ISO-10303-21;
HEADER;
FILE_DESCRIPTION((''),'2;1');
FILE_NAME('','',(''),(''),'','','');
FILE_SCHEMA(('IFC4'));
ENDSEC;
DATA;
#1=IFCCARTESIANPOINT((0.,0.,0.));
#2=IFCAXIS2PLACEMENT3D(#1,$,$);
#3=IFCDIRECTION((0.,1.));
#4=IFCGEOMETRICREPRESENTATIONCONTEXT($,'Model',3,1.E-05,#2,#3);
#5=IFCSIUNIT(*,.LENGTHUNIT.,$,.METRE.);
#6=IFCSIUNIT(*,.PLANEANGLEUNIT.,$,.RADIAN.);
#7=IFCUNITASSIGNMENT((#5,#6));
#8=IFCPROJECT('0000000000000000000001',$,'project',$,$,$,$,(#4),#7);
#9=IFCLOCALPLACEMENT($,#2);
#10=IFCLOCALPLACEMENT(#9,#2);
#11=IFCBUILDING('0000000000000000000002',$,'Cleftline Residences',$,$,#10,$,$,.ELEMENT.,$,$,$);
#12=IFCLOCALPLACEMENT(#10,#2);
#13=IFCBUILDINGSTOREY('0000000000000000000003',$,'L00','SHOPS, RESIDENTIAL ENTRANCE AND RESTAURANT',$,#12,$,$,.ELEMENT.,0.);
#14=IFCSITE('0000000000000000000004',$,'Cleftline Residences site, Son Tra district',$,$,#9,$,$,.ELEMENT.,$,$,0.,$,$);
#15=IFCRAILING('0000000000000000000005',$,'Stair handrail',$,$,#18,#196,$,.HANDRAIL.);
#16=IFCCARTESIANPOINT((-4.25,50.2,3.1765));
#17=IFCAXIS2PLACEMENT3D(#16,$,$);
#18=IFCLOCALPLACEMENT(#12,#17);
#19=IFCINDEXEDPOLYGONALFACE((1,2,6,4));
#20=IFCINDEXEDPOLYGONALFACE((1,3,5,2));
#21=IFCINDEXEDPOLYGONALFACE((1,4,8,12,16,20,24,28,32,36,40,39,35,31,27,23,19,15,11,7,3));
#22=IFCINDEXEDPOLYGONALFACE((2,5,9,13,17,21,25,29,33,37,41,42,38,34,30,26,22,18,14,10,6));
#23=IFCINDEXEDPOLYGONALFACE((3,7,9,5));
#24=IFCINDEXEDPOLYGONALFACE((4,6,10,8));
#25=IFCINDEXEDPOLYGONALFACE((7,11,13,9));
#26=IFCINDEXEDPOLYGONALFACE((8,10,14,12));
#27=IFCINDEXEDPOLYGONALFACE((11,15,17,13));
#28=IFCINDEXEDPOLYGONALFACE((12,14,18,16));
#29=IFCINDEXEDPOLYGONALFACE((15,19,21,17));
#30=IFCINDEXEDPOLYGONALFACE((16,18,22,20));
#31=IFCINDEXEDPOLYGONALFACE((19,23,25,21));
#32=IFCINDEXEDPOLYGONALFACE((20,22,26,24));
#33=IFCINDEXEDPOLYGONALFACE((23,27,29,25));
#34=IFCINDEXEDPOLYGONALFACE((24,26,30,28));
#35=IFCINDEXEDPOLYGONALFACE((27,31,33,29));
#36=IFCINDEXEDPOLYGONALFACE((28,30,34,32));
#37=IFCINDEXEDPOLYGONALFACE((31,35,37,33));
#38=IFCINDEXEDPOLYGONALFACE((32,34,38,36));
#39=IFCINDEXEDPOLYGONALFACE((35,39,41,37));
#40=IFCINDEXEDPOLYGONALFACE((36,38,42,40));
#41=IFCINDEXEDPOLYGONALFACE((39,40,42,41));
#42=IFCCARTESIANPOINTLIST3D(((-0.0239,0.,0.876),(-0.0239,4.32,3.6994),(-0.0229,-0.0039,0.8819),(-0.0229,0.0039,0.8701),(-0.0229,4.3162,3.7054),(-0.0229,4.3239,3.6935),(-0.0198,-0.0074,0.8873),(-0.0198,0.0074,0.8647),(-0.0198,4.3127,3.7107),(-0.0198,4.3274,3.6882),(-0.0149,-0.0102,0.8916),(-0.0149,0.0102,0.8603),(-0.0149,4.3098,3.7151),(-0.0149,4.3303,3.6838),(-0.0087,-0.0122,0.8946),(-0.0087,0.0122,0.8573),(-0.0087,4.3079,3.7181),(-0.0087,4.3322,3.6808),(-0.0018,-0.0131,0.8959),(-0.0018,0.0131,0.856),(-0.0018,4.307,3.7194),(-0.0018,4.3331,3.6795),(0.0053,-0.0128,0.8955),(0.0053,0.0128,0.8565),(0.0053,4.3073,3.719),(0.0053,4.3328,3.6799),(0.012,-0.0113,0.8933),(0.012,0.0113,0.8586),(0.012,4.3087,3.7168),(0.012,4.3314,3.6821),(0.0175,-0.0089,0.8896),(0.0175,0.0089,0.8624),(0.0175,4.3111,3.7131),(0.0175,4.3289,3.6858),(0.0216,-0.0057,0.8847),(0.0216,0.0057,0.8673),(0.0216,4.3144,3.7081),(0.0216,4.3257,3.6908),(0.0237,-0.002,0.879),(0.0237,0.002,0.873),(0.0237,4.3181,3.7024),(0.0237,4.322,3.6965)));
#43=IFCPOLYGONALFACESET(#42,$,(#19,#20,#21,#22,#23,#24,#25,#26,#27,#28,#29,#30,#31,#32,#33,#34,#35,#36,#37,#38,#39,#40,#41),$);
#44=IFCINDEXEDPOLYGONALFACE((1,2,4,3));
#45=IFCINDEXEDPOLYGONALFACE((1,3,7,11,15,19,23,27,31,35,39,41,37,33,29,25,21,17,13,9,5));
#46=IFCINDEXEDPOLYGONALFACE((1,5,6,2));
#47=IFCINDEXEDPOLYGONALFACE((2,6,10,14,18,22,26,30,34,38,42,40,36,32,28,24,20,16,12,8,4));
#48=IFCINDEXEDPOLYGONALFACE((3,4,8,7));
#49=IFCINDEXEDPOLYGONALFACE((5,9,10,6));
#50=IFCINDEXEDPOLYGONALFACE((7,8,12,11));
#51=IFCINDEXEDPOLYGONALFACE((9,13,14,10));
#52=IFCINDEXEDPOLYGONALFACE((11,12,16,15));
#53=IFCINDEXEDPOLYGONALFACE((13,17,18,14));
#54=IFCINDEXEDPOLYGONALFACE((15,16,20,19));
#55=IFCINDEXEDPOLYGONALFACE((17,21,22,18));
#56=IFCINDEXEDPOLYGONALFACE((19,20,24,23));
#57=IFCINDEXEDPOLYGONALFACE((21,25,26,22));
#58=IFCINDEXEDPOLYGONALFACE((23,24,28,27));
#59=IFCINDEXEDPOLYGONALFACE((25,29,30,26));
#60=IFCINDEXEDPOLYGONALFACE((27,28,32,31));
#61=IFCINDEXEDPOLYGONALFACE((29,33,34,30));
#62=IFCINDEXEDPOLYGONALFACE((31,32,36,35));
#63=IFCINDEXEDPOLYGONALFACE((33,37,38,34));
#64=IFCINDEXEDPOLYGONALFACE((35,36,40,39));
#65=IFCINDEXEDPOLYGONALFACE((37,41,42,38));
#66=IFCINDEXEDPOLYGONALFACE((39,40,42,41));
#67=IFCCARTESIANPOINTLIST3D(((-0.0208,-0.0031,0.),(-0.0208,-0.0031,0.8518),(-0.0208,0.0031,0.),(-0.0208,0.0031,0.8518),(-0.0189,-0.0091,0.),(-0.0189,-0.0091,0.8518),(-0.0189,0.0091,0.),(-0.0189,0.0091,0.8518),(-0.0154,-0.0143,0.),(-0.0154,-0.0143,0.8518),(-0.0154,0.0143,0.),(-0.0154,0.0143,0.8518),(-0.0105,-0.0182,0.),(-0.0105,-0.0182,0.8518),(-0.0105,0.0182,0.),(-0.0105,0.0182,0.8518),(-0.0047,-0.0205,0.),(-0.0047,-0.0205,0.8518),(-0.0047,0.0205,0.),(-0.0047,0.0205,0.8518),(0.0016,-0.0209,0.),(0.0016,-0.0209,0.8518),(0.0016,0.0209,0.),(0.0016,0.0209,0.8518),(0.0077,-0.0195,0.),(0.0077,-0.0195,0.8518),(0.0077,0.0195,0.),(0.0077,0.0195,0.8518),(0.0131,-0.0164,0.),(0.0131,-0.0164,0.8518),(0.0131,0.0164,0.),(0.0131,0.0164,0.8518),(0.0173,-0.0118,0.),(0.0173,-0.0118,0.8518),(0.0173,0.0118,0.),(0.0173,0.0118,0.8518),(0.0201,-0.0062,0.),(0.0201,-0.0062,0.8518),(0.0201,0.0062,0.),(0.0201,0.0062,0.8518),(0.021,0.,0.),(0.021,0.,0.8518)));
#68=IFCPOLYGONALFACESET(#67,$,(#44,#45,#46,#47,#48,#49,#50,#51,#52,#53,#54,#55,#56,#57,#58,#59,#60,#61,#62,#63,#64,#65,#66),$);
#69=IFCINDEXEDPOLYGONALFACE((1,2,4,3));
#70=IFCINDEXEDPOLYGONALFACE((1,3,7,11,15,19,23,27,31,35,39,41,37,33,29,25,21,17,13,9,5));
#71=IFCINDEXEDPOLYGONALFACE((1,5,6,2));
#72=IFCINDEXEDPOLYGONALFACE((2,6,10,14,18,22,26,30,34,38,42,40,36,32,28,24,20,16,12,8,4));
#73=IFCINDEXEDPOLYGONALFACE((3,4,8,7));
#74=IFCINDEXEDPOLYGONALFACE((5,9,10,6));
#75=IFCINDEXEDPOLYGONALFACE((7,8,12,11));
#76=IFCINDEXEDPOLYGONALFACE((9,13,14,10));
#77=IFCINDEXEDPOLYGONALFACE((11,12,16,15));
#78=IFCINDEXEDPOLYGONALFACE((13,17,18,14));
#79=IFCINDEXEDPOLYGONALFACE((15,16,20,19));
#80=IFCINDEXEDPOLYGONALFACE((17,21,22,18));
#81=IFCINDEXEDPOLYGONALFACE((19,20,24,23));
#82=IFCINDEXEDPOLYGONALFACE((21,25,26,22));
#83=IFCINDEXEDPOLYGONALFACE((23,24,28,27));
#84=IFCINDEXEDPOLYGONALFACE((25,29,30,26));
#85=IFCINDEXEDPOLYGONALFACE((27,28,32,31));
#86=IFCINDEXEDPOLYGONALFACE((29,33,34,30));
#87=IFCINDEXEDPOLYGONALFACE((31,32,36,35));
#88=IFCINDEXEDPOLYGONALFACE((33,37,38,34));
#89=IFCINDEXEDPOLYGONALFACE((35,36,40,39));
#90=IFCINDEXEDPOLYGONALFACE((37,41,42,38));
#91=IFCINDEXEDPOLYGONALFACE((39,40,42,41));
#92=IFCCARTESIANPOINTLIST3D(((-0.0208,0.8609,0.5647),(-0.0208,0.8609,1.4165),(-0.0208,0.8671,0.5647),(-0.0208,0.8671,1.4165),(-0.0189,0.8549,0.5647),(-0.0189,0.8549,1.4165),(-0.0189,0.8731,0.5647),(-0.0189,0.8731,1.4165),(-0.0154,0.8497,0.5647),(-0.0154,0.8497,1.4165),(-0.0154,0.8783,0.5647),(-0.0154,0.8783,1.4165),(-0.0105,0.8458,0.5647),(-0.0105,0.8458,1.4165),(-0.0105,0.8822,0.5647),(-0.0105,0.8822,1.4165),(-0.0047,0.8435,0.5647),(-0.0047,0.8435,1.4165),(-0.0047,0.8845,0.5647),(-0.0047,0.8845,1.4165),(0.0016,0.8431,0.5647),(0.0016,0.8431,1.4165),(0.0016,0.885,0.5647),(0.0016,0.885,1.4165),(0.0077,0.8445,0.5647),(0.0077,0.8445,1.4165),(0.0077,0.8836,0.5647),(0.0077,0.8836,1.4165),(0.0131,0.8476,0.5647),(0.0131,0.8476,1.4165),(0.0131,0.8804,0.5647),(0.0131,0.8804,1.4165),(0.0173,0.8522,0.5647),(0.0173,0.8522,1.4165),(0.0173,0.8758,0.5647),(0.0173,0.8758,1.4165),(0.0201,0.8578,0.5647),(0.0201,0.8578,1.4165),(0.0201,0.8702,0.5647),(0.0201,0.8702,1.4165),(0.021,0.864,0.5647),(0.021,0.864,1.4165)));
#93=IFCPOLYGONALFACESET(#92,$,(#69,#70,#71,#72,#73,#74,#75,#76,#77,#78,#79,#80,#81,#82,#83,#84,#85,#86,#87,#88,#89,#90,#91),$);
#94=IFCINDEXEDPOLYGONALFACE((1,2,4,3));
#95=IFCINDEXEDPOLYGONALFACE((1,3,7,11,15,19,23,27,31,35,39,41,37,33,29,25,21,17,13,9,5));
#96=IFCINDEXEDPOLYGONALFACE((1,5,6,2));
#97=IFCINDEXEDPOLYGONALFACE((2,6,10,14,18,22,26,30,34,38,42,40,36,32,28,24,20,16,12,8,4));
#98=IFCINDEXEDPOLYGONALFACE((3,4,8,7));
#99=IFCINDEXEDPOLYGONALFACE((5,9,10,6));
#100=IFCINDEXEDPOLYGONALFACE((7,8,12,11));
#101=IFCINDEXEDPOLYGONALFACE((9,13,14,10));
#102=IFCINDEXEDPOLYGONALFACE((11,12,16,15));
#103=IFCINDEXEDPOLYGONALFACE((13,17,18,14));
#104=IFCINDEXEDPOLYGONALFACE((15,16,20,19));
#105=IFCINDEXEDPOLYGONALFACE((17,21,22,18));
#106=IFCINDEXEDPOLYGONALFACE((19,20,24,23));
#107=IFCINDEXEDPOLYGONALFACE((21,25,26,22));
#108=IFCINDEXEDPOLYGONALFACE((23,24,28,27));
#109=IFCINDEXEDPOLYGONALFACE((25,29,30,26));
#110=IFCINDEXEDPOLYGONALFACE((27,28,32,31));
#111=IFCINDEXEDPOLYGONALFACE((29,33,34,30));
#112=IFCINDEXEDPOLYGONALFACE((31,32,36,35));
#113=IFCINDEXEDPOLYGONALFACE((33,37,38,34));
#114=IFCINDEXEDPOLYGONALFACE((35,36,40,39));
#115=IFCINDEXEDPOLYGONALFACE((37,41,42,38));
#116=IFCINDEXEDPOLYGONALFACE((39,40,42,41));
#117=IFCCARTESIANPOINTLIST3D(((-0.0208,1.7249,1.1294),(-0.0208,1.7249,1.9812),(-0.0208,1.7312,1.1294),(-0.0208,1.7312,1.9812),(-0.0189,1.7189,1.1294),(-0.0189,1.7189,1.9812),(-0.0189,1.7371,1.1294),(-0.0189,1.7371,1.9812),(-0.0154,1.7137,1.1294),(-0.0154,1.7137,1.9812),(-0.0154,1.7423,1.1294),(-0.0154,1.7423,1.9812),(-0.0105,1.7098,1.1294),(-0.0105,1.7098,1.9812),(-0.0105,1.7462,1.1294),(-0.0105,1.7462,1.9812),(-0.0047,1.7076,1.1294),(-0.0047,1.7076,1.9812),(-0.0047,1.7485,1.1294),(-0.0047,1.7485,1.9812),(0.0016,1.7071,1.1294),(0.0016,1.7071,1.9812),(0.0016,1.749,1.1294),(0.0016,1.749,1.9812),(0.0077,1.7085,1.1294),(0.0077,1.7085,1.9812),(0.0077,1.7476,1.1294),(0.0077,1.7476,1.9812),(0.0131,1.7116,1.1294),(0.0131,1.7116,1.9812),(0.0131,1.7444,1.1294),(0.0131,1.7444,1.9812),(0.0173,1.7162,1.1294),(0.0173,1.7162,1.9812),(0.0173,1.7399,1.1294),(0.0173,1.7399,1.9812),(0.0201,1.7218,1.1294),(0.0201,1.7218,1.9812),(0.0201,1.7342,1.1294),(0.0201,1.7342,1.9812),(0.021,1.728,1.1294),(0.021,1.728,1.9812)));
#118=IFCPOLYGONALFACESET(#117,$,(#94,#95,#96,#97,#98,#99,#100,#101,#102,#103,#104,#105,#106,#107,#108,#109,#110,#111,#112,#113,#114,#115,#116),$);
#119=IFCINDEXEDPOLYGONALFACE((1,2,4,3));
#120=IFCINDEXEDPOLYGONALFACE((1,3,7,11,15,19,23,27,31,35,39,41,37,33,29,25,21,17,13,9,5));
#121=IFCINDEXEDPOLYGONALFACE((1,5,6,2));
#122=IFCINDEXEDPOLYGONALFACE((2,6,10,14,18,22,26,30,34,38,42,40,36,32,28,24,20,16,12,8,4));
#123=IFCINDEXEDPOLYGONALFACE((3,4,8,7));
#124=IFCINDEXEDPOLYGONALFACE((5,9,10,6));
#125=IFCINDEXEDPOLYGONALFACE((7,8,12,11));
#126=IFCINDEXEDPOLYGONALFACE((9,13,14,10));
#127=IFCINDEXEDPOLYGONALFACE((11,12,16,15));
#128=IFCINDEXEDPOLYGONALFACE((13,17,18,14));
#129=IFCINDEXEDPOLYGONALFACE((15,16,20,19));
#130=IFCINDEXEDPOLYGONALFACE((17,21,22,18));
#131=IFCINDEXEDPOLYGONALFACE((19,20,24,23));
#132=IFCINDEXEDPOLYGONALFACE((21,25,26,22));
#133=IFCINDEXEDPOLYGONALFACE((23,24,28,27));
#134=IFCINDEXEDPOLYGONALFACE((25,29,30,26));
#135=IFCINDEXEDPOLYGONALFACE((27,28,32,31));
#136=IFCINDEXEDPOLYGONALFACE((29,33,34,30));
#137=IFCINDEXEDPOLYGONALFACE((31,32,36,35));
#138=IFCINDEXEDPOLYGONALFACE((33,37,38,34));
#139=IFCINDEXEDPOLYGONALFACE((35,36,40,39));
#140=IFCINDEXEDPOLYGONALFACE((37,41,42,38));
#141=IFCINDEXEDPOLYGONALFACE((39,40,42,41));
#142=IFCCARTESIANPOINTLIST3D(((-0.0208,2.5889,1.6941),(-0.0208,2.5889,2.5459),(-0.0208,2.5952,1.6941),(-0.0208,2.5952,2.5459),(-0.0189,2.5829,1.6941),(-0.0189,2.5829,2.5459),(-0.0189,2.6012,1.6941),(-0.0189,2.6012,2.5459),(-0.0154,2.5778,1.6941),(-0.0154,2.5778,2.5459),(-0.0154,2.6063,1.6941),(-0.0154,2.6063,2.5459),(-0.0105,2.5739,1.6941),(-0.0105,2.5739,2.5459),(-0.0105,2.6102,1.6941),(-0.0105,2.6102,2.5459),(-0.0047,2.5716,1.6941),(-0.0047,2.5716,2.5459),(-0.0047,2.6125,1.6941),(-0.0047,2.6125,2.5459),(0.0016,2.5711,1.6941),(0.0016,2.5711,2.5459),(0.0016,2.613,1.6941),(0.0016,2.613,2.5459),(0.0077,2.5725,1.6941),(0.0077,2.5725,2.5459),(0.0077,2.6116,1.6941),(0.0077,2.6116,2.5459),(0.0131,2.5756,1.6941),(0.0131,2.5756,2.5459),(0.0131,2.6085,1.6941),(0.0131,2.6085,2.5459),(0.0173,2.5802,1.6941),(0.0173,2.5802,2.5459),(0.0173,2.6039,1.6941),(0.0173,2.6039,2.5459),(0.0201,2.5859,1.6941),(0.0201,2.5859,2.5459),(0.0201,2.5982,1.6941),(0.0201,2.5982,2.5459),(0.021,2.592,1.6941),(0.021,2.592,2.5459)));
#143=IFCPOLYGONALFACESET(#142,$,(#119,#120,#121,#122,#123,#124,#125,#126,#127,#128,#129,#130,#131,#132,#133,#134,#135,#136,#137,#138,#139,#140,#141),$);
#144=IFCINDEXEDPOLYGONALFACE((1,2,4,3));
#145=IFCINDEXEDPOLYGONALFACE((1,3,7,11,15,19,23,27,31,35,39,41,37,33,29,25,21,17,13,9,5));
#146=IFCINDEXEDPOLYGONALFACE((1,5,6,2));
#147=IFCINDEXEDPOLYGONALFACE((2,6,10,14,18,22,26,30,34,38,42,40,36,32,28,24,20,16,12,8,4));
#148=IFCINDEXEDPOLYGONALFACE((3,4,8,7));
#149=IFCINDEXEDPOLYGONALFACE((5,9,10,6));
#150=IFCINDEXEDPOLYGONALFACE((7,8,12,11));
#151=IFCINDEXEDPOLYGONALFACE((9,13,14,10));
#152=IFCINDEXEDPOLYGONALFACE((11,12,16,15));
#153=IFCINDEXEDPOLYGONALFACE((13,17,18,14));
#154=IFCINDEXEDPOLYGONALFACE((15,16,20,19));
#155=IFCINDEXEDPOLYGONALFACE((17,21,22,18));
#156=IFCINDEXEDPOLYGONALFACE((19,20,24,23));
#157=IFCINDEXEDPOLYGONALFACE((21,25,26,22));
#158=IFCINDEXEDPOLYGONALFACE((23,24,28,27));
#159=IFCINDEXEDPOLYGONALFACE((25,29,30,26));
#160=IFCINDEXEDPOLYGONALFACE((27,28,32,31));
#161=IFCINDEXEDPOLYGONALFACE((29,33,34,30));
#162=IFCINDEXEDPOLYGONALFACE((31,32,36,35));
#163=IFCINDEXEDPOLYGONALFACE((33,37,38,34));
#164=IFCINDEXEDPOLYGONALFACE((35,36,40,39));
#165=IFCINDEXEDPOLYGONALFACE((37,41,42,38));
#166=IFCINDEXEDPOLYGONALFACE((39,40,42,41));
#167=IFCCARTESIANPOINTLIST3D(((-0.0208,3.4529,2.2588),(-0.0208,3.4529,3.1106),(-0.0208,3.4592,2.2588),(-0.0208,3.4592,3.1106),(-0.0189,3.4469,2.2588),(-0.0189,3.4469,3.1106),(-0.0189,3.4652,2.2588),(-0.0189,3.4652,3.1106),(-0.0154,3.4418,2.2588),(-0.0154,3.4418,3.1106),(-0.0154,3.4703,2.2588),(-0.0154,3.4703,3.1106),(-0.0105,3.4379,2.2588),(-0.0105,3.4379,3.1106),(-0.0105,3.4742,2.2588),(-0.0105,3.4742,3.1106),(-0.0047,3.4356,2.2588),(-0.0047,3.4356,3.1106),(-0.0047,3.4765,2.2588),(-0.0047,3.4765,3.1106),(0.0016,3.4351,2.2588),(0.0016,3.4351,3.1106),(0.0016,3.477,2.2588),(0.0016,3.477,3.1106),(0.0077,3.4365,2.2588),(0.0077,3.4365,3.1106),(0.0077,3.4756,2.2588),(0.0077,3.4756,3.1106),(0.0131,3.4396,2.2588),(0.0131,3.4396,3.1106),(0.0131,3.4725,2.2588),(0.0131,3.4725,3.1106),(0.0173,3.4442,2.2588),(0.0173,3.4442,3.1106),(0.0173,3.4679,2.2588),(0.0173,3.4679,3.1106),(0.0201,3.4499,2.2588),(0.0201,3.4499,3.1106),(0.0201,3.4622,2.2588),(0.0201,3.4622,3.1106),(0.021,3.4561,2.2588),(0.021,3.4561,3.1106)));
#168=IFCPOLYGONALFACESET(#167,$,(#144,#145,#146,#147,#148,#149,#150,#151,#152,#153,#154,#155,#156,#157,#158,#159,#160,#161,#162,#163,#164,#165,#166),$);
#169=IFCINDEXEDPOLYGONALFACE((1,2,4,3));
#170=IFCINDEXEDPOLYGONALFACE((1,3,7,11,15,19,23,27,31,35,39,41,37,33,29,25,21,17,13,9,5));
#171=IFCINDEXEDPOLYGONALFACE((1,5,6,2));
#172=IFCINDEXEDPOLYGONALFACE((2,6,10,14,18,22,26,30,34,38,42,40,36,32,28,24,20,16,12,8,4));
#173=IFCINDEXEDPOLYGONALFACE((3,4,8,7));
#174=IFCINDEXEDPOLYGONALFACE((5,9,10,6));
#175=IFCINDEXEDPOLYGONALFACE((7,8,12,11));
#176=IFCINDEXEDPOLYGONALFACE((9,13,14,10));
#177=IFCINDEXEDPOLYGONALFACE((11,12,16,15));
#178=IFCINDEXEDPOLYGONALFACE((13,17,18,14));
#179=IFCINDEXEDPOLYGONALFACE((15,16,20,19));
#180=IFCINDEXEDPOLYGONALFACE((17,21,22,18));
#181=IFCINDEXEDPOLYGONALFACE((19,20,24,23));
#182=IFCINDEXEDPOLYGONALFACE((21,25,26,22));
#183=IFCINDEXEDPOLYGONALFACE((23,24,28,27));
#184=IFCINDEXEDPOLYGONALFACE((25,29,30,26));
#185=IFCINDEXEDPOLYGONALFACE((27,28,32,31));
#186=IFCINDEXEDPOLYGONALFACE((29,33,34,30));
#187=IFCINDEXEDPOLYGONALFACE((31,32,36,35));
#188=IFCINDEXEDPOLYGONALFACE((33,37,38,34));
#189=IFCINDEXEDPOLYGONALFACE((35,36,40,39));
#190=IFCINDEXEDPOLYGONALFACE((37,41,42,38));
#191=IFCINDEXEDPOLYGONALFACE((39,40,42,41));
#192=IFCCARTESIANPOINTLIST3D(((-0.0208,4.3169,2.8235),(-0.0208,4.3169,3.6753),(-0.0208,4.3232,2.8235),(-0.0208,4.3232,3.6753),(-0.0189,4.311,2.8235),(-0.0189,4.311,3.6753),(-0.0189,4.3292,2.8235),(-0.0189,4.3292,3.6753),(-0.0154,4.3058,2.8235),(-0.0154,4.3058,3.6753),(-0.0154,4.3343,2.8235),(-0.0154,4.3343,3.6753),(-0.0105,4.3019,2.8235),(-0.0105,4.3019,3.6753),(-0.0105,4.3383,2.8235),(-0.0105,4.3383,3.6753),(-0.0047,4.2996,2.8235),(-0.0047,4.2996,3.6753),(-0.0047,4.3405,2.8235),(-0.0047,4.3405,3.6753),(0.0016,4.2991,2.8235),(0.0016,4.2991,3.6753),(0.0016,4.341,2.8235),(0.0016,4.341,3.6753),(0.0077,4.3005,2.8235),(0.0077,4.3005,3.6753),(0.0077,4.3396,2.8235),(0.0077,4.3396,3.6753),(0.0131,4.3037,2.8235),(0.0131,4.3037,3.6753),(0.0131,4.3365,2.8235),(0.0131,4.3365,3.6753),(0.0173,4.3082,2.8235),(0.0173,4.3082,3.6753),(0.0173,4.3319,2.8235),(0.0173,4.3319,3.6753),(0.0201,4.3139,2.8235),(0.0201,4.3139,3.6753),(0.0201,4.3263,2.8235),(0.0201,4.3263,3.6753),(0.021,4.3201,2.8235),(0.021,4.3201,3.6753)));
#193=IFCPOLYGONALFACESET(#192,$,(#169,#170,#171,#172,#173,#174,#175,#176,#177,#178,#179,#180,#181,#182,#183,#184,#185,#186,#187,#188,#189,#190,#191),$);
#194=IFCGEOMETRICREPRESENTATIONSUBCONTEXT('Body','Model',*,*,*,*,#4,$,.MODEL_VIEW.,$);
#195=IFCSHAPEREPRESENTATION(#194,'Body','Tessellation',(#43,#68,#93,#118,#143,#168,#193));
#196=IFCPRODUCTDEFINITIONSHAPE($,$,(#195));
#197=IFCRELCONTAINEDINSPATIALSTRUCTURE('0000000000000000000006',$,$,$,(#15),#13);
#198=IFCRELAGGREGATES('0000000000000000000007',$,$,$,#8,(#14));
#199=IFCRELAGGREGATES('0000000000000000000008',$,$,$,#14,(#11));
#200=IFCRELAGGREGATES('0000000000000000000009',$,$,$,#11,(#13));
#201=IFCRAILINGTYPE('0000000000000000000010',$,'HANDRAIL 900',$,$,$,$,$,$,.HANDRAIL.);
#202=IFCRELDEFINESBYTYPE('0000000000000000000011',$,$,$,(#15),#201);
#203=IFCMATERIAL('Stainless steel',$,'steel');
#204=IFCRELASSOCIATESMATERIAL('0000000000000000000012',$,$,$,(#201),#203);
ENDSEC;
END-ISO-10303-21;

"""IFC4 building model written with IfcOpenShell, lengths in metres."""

from ifc_helpers import new_model, si_unit, direction, frame, origin, origin_2d, place, context, subcontext, project, spatial, circle, extrude, material, type_object, element, save


model = new_model("IFC4")

# Units and contexts
model_context = context("Model", 3, precision=1e-05, world=origin(), true_north=direction((0.0, 1.0)))
body_context = subcontext(model_context, "Body", "Model", "MODEL_VIEW")
ifc_project = project(units=[si_unit("LENGTHUNIT", "METRE"), si_unit("PLANEANGLEUNIT", "RADIAN")], contexts=[model_context])

# Site, building, storey
site_placement = place(None, origin())
site = spatial("IfcSite", under=ifc_project, at=site_placement, Name="Cleftline Residences site, Son Tra district", CompositionType="ELEMENT", RefElevation=0.0)
building_placement = place(site_placement, origin())
building = spatial("IfcBuilding", under=site, at=building_placement, Name="Cleftline Residences", CompositionType="ELEMENT")
storey_placement = place(building_placement, origin())
storey = spatial("IfcBuildingStorey", under=building, at=storey_placement, Name="L00", Description="SHOPS, RESIDENTIAL ENTRANCE AND RESTAURANT", CompositionType="ELEMENT", Elevation=0.0)

# Railing
ifc_material_1 = material(Name="Stainless steel", Category="steel")
railing_type = type_object("IfcRailingType", Name="HANDRAIL 900", PredefinedType="HANDRAIL", material=ifc_material_1)
railing_1_placement = place(storey_placement, frame((-4.25, 50.2, 3.1765)))
element("IfcRailing", 1, at=railing_1_placement, inside=storey, type_object=railing_type, Name="Stair handrail", PredefinedType="HANDRAIL", context=body_context, shape_type="SweptSolid", body=[
    extrude(circle(Radius=0.0239, at=origin_2d()), frame((0.0, 0.0, 0.876), z_axis=(0.0, 0.837074, 0.54709), x_axis=(-1.0, 0.0, 0.0)), (0.0, 0.0, 1.0), 5.1609),
    extrude(circle(Radius=0.021, at=origin_2d()), origin(), (0.0, 0.0, 1.0), 0.8518),
    extrude(circle(Radius=0.021, at=origin_2d()), frame((0.0, 0.864, 0.5647)), (0.0, 0.0, 1.0), 0.8518),
    extrude(circle(Radius=0.021, at=origin_2d()), frame((0.0, 1.728, 1.1294)), (0.0, 0.0, 1.0), 0.8518),
    extrude(circle(Radius=0.021, at=origin_2d()), frame((0.0, 2.592, 1.6941)), (0.0, 0.0, 1.0), 0.8518),
    extrude(circle(Radius=0.021, at=origin_2d()), frame((0.0, 3.4561, 2.2588)), (0.0, 0.0, 1.0), 0.8518),
    extrude(circle(Radius=0.021, at=origin_2d()), frame((0.0, 4.3201, 2.8235)), (0.0, 0.0, 1.0), 0.8518),
])

save(model, "model.ifc")
